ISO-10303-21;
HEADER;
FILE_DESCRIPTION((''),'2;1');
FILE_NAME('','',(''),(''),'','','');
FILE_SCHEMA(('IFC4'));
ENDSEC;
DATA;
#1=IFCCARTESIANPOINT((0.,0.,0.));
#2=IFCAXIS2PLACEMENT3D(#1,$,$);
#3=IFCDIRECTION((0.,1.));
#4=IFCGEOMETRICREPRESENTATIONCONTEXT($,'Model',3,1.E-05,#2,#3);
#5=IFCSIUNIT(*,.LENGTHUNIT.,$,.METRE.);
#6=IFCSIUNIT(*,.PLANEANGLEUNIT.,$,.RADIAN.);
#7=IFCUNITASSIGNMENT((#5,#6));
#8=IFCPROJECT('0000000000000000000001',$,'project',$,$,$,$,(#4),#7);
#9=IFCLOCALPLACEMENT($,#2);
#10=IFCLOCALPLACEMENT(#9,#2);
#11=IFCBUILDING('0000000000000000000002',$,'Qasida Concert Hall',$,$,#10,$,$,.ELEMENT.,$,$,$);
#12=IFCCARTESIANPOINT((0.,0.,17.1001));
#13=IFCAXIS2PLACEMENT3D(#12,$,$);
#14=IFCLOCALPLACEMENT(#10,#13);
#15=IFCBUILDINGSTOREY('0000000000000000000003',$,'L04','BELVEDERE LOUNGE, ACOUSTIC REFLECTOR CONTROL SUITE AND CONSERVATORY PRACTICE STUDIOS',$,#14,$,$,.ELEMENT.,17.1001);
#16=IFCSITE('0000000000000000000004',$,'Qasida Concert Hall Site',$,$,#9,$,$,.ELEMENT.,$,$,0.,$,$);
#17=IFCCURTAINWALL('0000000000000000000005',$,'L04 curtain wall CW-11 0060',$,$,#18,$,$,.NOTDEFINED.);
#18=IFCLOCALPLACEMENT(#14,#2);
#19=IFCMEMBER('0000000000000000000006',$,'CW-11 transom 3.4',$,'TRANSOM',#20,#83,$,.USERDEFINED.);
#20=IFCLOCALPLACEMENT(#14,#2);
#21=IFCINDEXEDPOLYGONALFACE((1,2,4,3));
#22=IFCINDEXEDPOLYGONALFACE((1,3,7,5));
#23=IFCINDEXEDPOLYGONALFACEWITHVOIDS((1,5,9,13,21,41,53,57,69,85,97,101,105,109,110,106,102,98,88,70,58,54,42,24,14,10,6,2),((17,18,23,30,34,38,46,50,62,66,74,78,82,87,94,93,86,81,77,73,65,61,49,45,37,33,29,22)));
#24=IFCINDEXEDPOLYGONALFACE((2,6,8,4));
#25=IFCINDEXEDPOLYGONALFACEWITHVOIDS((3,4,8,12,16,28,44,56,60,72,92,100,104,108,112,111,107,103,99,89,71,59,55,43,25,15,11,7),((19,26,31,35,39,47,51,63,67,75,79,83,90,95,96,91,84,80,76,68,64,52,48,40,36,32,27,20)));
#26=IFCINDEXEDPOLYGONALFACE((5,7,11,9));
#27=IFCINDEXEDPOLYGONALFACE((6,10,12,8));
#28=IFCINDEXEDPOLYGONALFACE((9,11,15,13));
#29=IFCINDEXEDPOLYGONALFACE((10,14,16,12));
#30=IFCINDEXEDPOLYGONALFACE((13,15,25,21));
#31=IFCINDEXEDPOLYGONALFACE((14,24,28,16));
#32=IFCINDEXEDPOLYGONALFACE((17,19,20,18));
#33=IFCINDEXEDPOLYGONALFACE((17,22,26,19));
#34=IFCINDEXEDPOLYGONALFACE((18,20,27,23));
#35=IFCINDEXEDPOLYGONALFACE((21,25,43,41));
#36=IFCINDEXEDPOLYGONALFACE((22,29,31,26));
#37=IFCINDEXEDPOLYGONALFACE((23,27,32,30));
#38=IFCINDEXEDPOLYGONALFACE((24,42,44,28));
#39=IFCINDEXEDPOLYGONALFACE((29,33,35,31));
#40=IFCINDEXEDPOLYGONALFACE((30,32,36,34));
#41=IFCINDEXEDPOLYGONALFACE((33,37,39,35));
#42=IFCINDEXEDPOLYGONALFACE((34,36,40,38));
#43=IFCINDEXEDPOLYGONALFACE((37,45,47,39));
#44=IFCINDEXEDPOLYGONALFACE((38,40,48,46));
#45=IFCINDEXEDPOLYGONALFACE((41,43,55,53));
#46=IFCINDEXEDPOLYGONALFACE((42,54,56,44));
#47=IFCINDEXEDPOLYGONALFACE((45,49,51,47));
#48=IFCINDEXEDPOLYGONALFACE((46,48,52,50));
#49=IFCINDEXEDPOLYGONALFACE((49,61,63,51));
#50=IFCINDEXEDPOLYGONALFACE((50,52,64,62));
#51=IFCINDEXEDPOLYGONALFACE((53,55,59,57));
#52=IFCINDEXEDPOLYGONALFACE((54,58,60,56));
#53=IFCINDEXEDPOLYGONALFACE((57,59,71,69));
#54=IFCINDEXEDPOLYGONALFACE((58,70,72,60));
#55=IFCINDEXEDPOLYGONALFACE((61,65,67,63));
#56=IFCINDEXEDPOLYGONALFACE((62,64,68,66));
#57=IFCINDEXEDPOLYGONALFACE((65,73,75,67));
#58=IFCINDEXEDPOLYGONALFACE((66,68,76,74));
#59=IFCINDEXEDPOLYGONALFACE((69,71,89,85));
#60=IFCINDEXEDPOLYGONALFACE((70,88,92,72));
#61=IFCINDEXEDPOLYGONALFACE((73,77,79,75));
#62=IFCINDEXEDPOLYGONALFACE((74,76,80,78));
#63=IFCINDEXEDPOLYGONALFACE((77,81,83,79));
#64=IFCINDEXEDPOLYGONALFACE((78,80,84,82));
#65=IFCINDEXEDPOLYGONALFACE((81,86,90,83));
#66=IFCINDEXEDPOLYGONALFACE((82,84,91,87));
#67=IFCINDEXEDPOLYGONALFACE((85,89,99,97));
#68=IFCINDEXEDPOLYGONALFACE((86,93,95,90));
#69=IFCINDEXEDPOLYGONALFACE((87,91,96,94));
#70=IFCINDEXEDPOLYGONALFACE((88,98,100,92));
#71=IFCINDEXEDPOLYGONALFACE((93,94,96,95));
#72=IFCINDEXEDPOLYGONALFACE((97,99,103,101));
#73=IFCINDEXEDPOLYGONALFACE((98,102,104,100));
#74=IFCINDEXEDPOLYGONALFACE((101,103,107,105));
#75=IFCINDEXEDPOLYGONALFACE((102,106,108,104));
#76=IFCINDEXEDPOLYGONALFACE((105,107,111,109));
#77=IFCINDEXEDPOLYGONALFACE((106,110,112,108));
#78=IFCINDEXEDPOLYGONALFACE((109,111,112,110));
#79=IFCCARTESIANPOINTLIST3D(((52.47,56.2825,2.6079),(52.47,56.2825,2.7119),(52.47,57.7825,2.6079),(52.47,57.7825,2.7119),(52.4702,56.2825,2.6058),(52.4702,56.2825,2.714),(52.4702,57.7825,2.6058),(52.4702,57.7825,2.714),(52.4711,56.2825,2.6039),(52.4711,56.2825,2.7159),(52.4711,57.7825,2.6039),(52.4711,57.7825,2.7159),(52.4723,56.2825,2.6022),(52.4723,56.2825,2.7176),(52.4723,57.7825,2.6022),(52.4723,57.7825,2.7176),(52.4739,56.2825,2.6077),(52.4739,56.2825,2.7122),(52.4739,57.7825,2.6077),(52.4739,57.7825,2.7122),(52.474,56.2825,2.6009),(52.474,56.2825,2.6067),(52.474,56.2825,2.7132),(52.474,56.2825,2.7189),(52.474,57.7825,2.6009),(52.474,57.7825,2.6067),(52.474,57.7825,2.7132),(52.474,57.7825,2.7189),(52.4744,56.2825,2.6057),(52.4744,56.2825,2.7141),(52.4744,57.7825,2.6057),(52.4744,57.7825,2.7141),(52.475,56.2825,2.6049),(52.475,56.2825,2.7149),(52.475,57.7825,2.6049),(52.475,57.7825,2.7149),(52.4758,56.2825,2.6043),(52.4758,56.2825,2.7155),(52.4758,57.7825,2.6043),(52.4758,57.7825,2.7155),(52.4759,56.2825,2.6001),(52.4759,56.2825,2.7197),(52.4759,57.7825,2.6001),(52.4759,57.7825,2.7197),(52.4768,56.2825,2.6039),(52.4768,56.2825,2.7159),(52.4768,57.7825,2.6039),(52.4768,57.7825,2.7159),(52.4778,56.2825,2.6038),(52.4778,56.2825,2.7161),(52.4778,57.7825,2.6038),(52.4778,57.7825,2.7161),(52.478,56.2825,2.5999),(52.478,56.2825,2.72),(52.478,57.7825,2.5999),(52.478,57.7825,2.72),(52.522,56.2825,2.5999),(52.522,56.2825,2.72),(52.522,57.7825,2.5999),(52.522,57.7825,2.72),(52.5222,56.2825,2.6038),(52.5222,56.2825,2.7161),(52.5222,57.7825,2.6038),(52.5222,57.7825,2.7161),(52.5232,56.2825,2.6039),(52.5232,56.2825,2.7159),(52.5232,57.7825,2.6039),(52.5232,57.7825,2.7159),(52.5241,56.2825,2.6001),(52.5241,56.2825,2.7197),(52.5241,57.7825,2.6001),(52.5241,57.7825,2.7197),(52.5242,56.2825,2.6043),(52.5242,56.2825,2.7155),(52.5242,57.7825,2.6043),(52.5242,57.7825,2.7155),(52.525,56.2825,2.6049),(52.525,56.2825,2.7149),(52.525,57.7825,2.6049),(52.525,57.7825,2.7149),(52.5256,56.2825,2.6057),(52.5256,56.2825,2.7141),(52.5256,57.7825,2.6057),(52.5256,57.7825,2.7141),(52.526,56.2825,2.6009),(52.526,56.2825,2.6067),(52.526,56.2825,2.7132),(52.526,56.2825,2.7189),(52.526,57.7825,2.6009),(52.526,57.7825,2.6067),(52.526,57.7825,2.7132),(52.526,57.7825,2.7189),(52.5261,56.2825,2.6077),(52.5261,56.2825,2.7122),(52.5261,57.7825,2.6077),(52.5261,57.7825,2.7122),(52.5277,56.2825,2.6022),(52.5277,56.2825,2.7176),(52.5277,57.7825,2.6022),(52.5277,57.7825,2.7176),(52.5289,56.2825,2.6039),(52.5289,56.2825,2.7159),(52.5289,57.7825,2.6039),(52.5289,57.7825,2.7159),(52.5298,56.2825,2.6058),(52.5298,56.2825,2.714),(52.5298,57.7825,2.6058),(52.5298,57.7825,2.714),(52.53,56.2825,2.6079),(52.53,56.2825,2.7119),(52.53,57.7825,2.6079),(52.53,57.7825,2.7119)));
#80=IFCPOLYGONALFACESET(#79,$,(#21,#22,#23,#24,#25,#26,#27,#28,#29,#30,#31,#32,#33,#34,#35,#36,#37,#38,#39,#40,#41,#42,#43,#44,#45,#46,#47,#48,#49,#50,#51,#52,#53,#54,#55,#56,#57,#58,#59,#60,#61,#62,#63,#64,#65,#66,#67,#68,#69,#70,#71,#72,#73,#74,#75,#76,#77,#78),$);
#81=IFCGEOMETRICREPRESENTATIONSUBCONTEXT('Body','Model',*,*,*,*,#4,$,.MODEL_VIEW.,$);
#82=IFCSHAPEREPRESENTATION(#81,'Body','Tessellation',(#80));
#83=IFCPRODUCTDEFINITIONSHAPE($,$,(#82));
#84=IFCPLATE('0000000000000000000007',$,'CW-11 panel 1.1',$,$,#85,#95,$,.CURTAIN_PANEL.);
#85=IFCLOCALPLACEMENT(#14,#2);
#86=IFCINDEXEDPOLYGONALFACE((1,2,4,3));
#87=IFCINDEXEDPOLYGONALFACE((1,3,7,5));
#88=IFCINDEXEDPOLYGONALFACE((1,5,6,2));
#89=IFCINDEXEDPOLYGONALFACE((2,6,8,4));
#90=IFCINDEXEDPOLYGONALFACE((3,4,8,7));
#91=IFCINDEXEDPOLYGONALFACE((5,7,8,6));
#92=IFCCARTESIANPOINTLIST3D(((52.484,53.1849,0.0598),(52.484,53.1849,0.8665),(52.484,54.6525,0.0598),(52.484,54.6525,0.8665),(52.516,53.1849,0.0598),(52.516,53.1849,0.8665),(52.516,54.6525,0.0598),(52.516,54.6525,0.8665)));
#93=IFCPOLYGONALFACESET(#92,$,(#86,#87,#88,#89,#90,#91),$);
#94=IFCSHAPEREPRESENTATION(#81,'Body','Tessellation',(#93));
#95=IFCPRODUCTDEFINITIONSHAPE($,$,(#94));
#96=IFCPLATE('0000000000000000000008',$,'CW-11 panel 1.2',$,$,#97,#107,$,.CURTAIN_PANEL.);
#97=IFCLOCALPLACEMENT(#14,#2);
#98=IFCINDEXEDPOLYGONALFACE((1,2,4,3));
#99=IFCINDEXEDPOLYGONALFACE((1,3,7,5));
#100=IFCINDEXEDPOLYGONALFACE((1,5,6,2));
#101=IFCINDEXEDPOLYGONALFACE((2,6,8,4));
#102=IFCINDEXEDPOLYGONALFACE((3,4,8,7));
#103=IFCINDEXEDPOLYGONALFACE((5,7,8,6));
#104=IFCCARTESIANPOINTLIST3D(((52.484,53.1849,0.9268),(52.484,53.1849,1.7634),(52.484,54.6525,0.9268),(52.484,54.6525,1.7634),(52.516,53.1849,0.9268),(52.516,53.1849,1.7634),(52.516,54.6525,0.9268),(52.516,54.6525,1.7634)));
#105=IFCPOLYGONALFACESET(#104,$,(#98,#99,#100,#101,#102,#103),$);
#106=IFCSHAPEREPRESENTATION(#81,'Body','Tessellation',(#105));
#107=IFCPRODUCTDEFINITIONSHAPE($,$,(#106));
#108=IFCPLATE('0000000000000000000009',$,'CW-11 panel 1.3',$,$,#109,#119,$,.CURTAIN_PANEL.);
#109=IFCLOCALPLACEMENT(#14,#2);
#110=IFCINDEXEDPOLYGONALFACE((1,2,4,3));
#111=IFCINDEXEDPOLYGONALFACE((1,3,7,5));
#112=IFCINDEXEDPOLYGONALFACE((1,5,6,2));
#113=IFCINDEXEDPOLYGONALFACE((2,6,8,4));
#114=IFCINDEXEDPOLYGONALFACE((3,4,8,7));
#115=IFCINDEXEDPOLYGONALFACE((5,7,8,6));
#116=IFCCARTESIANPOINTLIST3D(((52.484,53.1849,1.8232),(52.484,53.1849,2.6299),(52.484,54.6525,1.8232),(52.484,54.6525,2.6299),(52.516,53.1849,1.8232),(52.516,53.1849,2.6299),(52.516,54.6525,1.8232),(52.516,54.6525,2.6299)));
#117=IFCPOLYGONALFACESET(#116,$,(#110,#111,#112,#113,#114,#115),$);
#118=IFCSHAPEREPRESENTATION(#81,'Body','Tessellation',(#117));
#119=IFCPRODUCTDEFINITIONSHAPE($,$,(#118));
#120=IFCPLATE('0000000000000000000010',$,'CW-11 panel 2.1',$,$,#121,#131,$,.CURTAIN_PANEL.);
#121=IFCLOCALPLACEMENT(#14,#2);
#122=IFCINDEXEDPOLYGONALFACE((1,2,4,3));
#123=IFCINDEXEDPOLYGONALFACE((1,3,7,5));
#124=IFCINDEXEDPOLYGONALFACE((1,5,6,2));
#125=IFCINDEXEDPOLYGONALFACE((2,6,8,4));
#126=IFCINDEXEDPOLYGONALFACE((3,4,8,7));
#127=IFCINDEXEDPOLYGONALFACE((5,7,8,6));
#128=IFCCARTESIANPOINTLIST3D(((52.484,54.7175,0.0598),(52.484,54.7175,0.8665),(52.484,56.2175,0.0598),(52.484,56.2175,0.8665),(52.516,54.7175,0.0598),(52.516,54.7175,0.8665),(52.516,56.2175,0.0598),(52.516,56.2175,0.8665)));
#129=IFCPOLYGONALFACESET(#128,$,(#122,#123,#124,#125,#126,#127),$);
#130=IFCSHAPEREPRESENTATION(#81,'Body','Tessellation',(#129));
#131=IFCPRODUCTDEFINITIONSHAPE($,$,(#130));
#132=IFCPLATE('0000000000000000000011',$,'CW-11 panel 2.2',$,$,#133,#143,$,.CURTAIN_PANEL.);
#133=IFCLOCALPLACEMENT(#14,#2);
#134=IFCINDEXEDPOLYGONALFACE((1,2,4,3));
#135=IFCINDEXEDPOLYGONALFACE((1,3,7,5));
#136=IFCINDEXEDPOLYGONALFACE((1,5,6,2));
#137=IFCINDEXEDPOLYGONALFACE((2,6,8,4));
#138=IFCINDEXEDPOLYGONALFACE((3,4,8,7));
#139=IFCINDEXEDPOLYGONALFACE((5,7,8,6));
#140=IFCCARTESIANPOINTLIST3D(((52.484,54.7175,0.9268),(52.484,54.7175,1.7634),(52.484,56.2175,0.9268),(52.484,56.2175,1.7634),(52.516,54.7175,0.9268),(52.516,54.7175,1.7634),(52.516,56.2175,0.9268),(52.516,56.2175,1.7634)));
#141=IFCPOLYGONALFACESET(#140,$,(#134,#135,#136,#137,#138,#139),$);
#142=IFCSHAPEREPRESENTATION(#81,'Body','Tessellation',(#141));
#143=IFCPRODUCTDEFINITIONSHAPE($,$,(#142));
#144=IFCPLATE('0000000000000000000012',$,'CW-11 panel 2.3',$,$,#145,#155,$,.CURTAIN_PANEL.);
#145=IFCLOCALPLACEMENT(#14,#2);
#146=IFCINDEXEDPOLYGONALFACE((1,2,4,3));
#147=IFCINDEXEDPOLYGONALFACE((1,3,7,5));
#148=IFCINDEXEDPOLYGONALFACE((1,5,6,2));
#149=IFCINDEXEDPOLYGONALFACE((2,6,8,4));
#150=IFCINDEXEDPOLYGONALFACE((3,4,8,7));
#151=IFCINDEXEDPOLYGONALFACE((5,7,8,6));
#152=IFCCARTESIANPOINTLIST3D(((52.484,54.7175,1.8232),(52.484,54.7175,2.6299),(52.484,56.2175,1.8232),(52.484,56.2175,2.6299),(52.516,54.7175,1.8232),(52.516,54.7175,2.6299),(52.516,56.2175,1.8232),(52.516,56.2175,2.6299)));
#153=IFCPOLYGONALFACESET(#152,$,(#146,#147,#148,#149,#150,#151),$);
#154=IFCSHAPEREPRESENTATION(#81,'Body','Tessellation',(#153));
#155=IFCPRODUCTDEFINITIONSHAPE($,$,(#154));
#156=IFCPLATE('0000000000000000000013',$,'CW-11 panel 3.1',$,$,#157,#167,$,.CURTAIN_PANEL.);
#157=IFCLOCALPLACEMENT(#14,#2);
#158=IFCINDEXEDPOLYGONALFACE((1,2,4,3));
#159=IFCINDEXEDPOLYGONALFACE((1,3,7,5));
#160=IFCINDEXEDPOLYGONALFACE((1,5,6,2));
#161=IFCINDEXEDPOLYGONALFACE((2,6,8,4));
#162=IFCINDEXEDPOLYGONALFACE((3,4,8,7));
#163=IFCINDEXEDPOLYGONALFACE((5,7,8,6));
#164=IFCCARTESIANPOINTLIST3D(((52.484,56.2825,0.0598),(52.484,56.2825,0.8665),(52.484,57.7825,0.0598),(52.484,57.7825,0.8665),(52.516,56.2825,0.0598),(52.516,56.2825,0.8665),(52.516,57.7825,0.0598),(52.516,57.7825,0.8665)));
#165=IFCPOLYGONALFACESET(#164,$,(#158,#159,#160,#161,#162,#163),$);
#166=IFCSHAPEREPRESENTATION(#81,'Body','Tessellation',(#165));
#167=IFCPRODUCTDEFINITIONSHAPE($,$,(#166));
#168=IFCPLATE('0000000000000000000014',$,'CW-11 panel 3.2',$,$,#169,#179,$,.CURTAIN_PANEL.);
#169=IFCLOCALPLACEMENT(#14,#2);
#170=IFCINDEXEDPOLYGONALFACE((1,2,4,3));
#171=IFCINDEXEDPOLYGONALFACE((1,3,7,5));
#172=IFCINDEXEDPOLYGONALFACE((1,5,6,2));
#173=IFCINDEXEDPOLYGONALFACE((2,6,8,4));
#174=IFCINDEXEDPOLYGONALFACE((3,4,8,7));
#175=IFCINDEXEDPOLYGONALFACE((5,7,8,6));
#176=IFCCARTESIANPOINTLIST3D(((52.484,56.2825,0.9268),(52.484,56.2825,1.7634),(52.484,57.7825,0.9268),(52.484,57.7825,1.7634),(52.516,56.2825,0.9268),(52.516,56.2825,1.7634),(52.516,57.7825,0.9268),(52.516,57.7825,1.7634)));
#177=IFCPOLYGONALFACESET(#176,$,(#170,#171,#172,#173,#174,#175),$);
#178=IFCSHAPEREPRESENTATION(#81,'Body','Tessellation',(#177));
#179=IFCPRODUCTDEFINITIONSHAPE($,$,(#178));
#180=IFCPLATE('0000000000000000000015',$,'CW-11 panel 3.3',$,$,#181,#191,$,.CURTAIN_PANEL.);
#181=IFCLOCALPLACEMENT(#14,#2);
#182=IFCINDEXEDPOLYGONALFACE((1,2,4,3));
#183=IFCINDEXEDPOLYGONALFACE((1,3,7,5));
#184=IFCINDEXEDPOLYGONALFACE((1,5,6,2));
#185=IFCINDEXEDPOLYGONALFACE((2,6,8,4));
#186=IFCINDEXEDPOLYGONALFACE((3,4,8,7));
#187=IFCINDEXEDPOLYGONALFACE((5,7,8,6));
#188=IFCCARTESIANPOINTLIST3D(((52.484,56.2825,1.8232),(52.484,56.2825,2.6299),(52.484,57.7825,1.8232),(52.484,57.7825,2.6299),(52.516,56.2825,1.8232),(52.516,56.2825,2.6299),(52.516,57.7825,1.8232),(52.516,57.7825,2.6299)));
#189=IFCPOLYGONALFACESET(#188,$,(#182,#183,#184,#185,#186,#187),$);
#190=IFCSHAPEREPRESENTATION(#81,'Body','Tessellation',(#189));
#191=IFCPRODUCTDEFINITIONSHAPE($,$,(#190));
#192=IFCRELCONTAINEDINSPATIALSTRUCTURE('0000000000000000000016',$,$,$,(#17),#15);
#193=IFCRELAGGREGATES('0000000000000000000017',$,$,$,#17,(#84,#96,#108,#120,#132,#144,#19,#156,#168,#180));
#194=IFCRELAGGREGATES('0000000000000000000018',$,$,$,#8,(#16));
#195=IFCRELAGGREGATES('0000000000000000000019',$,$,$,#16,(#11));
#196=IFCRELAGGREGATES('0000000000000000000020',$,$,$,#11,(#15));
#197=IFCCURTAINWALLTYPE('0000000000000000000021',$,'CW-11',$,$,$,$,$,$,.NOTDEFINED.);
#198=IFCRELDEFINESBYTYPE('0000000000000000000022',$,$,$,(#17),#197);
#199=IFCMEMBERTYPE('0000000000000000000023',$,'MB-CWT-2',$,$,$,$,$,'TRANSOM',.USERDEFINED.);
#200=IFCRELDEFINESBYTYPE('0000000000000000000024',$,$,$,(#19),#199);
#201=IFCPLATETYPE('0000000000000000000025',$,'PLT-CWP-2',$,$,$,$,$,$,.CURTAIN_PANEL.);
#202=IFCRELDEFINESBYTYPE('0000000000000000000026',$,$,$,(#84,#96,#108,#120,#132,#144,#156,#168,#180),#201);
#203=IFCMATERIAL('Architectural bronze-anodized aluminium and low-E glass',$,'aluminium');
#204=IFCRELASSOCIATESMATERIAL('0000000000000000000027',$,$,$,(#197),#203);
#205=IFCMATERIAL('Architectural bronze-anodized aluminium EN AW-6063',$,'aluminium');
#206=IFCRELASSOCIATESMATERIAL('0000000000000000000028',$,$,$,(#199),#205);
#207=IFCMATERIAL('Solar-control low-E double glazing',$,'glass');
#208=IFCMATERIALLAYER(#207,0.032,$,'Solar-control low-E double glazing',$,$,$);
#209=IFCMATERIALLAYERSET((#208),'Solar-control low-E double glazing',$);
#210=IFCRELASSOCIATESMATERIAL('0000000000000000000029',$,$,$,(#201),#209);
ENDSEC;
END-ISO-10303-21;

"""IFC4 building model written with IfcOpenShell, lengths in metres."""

from ifc_helpers import new_model, si_unit, direction, frame, origin, origin_2d, place, context, subcontext, project, spatial, rectangle, hollow_rectangle, extrude, material, layer, layer_set, material_profile, profile_set, type_object, element, aggregate, save


model = new_model("IFC4")

# Units and contexts
model_context = context("Model", 3, precision=1e-05, world=origin(), true_north=direction((0.0, 1.0)))
body_context = subcontext(model_context, "Body", "Model", "MODEL_VIEW")
ifc_project = project(units=[si_unit("LENGTHUNIT", "METRE"), si_unit("PLANEANGLEUNIT", "RADIAN")], contexts=[model_context])

# Site, building, storey
site_placement = place(None, origin())
site = spatial("IfcSite", under=ifc_project, at=site_placement, Name="Qasida Concert Hall Site", CompositionType="ELEMENT", RefElevation=0.0)
building_placement = place(site_placement, origin())
building = spatial("IfcBuilding", under=site, at=building_placement, Name="Qasida Concert Hall", CompositionType="ELEMENT")
storey_placement = place(building_placement, frame((0.0, 0.0, 17.1001)))
storey = spatial("IfcBuildingStorey", under=building, at=storey_placement, Name="L04", Description="BELVEDERE LOUNGE, ACOUSTIC REFLECTOR CONTROL SUITE AND CONSERVATORY PRACTICE STUDIOS", CompositionType="ELEMENT", Elevation=17.1001)

# Curtain wall, member, plates
ifc_material_1 = material(Name="Architectural bronze-anodized aluminium and low-E glass", Category="aluminium")
curtain_wall_type = type_object("IfcCurtainWallType", Name="CW-11", PredefinedType="NOTDEFINED", material=ifc_material_1)
curtain_wall_placement = place(storey_placement, origin())
curtain_wall = element("IfcCurtainWall", 1, at=curtain_wall_placement, inside=storey, type_object=curtain_wall_type, Name="L04 curtain wall CW-11 0060", PredefinedType="NOTDEFINED")
ifc_material_2 = material(Name="Architectural bronze-anodized aluminium EN AW-6063", Category="aluminium")
ifc_material_profile_1 = material_profile(ifc_material_2, hollow_rectangle(XDim=0.0601, YDim=0.1201, WallThickness=0.0039, InnerFilletRadius=0.0039, OuterFilletRadius=0.0081, at=origin_2d()), Name="CWT 120x60x4")
ifc_profile_set_1 = profile_set([ifc_material_profile_1], Name="Architectural bronze-anodized aluminium EN AW-6063")
member_type_1 = type_object("IfcMemberType", Name="MB-CWT-2", ElementType="TRANSOM", PredefinedType="USERDEFINED", material=ifc_profile_set_1)
member_1_placement = place(storey_placement, frame((52.5, 56.2825, 2.6599), z_axis=(0.0, 1.0, 0.0), x_axis=(-1.0, 0.0, 0.0)))
member_1 = element("IfcMember", 2, at=member_1_placement, type_object=member_type_1, Name="CW-11 transom 3.4", ObjectType="TRANSOM", PredefinedType="USERDEFINED", context=body_context, shape_type="SweptSolid", body=[
    extrude(hollow_rectangle(XDim=0.0601, YDim=0.1201, WallThickness=0.0039, InnerFilletRadius=0.0039, OuterFilletRadius=0.0081, at=origin_2d()), origin(), (0.0, 0.0, 1.0), 1.5),
])
ifc_material_3 = material(Name="Solar-control low-E double glazing", Category="glass")
ifc_layer = layer(ifc_material_3, 0.032, Name="Solar-control low-E double glazing")
ifc_layer_set = layer_set([ifc_layer], Name="Solar-control low-E double glazing")
plate_type = type_object("IfcPlateType", Name="PLT-CWP-2", PredefinedType="CURTAIN_PANEL", material=ifc_layer_set)
plate_1_placement = place(storey_placement, frame((52.5, 53.9187, 0.0598), z_axis=(0.0, 0.0, 1.0), x_axis=(0.0, 1.0, 0.0)))
plate_1 = element("IfcPlate", 3, at=plate_1_placement, type_object=plate_type, Name="CW-11 panel 1.1", PredefinedType="CURTAIN_PANEL", context=body_context, shape_type="SweptSolid", body=[
    extrude(rectangle(XDim=1.4675, YDim=0.032, at=origin_2d()), origin(), (0.0, 0.0, 1.0), 0.8066),
])
plate_2_placement = place(storey_placement, frame((52.5, 53.9187, 0.9268), z_axis=(0.0, 0.0, 1.0), x_axis=(0.0, 1.0, 0.0)))
plate_2 = element("IfcPlate", 4, at=plate_2_placement, type_object=plate_type, Name="CW-11 panel 1.2", PredefinedType="CURTAIN_PANEL", context=body_context, shape_type="SweptSolid", body=[
    extrude(rectangle(XDim=1.4675, YDim=0.032, at=origin_2d()), origin(), (0.0, 0.0, 1.0), 0.8367),
])
plate_3_placement = place(storey_placement, frame((52.5, 53.9187, 1.8232), z_axis=(0.0, 0.0, 1.0), x_axis=(0.0, 1.0, 0.0)))
plate_3 = element("IfcPlate", 5, at=plate_3_placement, type_object=plate_type, Name="CW-11 panel 1.3", PredefinedType="CURTAIN_PANEL", context=body_context, shape_type="SweptSolid", body=[
    extrude(rectangle(XDim=1.4675, YDim=0.032, at=origin_2d()), origin(), (0.0, 0.0, 1.0), 0.8066),
])
plate_4_placement = place(storey_placement, frame((52.5, 55.4675, 0.0598), z_axis=(0.0, 0.0, 1.0), x_axis=(0.0, 1.0, 0.0)))
plate_4 = element("IfcPlate", 6, at=plate_4_placement, type_object=plate_type, Name="CW-11 panel 2.1", PredefinedType="CURTAIN_PANEL", context=body_context, shape_type="SweptSolid", body=[
    extrude(rectangle(XDim=1.5, YDim=0.032, at=origin_2d()), origin(), (0.0, 0.0, 1.0), 0.8066),
])
plate_5_placement = place(storey_placement, frame((52.5, 55.4675, 0.9268), z_axis=(0.0, 0.0, 1.0), x_axis=(0.0, 1.0, 0.0)))
plate_5 = element("IfcPlate", 7, at=plate_5_placement, type_object=plate_type, Name="CW-11 panel 2.2", PredefinedType="CURTAIN_PANEL", context=body_context, shape_type="SweptSolid", body=[
    extrude(rectangle(XDim=1.5, YDim=0.032, at=origin_2d()), origin(), (0.0, 0.0, 1.0), 0.8367),
])
plate_6_placement = place(storey_placement, frame((52.5, 55.4675, 1.8232), z_axis=(0.0, 0.0, 1.0), x_axis=(0.0, 1.0, 0.0)))
plate_6 = element("IfcPlate", 8, at=plate_6_placement, type_object=plate_type, Name="CW-11 panel 2.3", PredefinedType="CURTAIN_PANEL", context=body_context, shape_type="SweptSolid", body=[
    extrude(rectangle(XDim=1.5, YDim=0.032, at=origin_2d()), origin(), (0.0, 0.0, 1.0), 0.8066),
])
plate_7_placement = place(storey_placement, frame((52.5, 57.0325, 0.0598), z_axis=(0.0, 0.0, 1.0), x_axis=(0.0, 1.0, 0.0)))
plate_7 = element("IfcPlate", 9, at=plate_7_placement, type_object=plate_type, Name="CW-11 panel 3.1", PredefinedType="CURTAIN_PANEL", context=body_context, shape_type="SweptSolid", body=[
    extrude(rectangle(XDim=1.5, YDim=0.032, at=origin_2d()), origin(), (0.0, 0.0, 1.0), 0.8066),
])
plate_8_placement = place(storey_placement, frame((52.5, 57.0325, 0.9268), z_axis=(0.0, 0.0, 1.0), x_axis=(0.0, 1.0, 0.0)))
plate_8 = element("IfcPlate", 10, at=plate_8_placement, type_object=plate_type, Name="CW-11 panel 3.2", PredefinedType="CURTAIN_PANEL", context=body_context, shape_type="SweptSolid", body=[
    extrude(rectangle(XDim=1.5, YDim=0.032, at=origin_2d()), origin(), (0.0, 0.0, 1.0), 0.8367),
])
plate_9_placement = place(storey_placement, frame((52.5, 57.0325, 1.8232), z_axis=(0.0, 0.0, 1.0), x_axis=(0.0, 1.0, 0.0)))
plate_9 = element("IfcPlate", 11, at=plate_9_placement, type_object=plate_type, Name="CW-11 panel 3.3", PredefinedType="CURTAIN_PANEL", context=body_context, shape_type="SweptSolid", body=[
    extrude(rectangle(XDim=1.5, YDim=0.032, at=origin_2d()), origin(), (0.0, 0.0, 1.0), 0.8066),
])
aggregate(curtain_wall, [plate_1, plate_2, plate_3, plate_4, plate_5, plate_6, member_1, plate_7, plate_8, plate_9])

save(model, "model.ifc")
